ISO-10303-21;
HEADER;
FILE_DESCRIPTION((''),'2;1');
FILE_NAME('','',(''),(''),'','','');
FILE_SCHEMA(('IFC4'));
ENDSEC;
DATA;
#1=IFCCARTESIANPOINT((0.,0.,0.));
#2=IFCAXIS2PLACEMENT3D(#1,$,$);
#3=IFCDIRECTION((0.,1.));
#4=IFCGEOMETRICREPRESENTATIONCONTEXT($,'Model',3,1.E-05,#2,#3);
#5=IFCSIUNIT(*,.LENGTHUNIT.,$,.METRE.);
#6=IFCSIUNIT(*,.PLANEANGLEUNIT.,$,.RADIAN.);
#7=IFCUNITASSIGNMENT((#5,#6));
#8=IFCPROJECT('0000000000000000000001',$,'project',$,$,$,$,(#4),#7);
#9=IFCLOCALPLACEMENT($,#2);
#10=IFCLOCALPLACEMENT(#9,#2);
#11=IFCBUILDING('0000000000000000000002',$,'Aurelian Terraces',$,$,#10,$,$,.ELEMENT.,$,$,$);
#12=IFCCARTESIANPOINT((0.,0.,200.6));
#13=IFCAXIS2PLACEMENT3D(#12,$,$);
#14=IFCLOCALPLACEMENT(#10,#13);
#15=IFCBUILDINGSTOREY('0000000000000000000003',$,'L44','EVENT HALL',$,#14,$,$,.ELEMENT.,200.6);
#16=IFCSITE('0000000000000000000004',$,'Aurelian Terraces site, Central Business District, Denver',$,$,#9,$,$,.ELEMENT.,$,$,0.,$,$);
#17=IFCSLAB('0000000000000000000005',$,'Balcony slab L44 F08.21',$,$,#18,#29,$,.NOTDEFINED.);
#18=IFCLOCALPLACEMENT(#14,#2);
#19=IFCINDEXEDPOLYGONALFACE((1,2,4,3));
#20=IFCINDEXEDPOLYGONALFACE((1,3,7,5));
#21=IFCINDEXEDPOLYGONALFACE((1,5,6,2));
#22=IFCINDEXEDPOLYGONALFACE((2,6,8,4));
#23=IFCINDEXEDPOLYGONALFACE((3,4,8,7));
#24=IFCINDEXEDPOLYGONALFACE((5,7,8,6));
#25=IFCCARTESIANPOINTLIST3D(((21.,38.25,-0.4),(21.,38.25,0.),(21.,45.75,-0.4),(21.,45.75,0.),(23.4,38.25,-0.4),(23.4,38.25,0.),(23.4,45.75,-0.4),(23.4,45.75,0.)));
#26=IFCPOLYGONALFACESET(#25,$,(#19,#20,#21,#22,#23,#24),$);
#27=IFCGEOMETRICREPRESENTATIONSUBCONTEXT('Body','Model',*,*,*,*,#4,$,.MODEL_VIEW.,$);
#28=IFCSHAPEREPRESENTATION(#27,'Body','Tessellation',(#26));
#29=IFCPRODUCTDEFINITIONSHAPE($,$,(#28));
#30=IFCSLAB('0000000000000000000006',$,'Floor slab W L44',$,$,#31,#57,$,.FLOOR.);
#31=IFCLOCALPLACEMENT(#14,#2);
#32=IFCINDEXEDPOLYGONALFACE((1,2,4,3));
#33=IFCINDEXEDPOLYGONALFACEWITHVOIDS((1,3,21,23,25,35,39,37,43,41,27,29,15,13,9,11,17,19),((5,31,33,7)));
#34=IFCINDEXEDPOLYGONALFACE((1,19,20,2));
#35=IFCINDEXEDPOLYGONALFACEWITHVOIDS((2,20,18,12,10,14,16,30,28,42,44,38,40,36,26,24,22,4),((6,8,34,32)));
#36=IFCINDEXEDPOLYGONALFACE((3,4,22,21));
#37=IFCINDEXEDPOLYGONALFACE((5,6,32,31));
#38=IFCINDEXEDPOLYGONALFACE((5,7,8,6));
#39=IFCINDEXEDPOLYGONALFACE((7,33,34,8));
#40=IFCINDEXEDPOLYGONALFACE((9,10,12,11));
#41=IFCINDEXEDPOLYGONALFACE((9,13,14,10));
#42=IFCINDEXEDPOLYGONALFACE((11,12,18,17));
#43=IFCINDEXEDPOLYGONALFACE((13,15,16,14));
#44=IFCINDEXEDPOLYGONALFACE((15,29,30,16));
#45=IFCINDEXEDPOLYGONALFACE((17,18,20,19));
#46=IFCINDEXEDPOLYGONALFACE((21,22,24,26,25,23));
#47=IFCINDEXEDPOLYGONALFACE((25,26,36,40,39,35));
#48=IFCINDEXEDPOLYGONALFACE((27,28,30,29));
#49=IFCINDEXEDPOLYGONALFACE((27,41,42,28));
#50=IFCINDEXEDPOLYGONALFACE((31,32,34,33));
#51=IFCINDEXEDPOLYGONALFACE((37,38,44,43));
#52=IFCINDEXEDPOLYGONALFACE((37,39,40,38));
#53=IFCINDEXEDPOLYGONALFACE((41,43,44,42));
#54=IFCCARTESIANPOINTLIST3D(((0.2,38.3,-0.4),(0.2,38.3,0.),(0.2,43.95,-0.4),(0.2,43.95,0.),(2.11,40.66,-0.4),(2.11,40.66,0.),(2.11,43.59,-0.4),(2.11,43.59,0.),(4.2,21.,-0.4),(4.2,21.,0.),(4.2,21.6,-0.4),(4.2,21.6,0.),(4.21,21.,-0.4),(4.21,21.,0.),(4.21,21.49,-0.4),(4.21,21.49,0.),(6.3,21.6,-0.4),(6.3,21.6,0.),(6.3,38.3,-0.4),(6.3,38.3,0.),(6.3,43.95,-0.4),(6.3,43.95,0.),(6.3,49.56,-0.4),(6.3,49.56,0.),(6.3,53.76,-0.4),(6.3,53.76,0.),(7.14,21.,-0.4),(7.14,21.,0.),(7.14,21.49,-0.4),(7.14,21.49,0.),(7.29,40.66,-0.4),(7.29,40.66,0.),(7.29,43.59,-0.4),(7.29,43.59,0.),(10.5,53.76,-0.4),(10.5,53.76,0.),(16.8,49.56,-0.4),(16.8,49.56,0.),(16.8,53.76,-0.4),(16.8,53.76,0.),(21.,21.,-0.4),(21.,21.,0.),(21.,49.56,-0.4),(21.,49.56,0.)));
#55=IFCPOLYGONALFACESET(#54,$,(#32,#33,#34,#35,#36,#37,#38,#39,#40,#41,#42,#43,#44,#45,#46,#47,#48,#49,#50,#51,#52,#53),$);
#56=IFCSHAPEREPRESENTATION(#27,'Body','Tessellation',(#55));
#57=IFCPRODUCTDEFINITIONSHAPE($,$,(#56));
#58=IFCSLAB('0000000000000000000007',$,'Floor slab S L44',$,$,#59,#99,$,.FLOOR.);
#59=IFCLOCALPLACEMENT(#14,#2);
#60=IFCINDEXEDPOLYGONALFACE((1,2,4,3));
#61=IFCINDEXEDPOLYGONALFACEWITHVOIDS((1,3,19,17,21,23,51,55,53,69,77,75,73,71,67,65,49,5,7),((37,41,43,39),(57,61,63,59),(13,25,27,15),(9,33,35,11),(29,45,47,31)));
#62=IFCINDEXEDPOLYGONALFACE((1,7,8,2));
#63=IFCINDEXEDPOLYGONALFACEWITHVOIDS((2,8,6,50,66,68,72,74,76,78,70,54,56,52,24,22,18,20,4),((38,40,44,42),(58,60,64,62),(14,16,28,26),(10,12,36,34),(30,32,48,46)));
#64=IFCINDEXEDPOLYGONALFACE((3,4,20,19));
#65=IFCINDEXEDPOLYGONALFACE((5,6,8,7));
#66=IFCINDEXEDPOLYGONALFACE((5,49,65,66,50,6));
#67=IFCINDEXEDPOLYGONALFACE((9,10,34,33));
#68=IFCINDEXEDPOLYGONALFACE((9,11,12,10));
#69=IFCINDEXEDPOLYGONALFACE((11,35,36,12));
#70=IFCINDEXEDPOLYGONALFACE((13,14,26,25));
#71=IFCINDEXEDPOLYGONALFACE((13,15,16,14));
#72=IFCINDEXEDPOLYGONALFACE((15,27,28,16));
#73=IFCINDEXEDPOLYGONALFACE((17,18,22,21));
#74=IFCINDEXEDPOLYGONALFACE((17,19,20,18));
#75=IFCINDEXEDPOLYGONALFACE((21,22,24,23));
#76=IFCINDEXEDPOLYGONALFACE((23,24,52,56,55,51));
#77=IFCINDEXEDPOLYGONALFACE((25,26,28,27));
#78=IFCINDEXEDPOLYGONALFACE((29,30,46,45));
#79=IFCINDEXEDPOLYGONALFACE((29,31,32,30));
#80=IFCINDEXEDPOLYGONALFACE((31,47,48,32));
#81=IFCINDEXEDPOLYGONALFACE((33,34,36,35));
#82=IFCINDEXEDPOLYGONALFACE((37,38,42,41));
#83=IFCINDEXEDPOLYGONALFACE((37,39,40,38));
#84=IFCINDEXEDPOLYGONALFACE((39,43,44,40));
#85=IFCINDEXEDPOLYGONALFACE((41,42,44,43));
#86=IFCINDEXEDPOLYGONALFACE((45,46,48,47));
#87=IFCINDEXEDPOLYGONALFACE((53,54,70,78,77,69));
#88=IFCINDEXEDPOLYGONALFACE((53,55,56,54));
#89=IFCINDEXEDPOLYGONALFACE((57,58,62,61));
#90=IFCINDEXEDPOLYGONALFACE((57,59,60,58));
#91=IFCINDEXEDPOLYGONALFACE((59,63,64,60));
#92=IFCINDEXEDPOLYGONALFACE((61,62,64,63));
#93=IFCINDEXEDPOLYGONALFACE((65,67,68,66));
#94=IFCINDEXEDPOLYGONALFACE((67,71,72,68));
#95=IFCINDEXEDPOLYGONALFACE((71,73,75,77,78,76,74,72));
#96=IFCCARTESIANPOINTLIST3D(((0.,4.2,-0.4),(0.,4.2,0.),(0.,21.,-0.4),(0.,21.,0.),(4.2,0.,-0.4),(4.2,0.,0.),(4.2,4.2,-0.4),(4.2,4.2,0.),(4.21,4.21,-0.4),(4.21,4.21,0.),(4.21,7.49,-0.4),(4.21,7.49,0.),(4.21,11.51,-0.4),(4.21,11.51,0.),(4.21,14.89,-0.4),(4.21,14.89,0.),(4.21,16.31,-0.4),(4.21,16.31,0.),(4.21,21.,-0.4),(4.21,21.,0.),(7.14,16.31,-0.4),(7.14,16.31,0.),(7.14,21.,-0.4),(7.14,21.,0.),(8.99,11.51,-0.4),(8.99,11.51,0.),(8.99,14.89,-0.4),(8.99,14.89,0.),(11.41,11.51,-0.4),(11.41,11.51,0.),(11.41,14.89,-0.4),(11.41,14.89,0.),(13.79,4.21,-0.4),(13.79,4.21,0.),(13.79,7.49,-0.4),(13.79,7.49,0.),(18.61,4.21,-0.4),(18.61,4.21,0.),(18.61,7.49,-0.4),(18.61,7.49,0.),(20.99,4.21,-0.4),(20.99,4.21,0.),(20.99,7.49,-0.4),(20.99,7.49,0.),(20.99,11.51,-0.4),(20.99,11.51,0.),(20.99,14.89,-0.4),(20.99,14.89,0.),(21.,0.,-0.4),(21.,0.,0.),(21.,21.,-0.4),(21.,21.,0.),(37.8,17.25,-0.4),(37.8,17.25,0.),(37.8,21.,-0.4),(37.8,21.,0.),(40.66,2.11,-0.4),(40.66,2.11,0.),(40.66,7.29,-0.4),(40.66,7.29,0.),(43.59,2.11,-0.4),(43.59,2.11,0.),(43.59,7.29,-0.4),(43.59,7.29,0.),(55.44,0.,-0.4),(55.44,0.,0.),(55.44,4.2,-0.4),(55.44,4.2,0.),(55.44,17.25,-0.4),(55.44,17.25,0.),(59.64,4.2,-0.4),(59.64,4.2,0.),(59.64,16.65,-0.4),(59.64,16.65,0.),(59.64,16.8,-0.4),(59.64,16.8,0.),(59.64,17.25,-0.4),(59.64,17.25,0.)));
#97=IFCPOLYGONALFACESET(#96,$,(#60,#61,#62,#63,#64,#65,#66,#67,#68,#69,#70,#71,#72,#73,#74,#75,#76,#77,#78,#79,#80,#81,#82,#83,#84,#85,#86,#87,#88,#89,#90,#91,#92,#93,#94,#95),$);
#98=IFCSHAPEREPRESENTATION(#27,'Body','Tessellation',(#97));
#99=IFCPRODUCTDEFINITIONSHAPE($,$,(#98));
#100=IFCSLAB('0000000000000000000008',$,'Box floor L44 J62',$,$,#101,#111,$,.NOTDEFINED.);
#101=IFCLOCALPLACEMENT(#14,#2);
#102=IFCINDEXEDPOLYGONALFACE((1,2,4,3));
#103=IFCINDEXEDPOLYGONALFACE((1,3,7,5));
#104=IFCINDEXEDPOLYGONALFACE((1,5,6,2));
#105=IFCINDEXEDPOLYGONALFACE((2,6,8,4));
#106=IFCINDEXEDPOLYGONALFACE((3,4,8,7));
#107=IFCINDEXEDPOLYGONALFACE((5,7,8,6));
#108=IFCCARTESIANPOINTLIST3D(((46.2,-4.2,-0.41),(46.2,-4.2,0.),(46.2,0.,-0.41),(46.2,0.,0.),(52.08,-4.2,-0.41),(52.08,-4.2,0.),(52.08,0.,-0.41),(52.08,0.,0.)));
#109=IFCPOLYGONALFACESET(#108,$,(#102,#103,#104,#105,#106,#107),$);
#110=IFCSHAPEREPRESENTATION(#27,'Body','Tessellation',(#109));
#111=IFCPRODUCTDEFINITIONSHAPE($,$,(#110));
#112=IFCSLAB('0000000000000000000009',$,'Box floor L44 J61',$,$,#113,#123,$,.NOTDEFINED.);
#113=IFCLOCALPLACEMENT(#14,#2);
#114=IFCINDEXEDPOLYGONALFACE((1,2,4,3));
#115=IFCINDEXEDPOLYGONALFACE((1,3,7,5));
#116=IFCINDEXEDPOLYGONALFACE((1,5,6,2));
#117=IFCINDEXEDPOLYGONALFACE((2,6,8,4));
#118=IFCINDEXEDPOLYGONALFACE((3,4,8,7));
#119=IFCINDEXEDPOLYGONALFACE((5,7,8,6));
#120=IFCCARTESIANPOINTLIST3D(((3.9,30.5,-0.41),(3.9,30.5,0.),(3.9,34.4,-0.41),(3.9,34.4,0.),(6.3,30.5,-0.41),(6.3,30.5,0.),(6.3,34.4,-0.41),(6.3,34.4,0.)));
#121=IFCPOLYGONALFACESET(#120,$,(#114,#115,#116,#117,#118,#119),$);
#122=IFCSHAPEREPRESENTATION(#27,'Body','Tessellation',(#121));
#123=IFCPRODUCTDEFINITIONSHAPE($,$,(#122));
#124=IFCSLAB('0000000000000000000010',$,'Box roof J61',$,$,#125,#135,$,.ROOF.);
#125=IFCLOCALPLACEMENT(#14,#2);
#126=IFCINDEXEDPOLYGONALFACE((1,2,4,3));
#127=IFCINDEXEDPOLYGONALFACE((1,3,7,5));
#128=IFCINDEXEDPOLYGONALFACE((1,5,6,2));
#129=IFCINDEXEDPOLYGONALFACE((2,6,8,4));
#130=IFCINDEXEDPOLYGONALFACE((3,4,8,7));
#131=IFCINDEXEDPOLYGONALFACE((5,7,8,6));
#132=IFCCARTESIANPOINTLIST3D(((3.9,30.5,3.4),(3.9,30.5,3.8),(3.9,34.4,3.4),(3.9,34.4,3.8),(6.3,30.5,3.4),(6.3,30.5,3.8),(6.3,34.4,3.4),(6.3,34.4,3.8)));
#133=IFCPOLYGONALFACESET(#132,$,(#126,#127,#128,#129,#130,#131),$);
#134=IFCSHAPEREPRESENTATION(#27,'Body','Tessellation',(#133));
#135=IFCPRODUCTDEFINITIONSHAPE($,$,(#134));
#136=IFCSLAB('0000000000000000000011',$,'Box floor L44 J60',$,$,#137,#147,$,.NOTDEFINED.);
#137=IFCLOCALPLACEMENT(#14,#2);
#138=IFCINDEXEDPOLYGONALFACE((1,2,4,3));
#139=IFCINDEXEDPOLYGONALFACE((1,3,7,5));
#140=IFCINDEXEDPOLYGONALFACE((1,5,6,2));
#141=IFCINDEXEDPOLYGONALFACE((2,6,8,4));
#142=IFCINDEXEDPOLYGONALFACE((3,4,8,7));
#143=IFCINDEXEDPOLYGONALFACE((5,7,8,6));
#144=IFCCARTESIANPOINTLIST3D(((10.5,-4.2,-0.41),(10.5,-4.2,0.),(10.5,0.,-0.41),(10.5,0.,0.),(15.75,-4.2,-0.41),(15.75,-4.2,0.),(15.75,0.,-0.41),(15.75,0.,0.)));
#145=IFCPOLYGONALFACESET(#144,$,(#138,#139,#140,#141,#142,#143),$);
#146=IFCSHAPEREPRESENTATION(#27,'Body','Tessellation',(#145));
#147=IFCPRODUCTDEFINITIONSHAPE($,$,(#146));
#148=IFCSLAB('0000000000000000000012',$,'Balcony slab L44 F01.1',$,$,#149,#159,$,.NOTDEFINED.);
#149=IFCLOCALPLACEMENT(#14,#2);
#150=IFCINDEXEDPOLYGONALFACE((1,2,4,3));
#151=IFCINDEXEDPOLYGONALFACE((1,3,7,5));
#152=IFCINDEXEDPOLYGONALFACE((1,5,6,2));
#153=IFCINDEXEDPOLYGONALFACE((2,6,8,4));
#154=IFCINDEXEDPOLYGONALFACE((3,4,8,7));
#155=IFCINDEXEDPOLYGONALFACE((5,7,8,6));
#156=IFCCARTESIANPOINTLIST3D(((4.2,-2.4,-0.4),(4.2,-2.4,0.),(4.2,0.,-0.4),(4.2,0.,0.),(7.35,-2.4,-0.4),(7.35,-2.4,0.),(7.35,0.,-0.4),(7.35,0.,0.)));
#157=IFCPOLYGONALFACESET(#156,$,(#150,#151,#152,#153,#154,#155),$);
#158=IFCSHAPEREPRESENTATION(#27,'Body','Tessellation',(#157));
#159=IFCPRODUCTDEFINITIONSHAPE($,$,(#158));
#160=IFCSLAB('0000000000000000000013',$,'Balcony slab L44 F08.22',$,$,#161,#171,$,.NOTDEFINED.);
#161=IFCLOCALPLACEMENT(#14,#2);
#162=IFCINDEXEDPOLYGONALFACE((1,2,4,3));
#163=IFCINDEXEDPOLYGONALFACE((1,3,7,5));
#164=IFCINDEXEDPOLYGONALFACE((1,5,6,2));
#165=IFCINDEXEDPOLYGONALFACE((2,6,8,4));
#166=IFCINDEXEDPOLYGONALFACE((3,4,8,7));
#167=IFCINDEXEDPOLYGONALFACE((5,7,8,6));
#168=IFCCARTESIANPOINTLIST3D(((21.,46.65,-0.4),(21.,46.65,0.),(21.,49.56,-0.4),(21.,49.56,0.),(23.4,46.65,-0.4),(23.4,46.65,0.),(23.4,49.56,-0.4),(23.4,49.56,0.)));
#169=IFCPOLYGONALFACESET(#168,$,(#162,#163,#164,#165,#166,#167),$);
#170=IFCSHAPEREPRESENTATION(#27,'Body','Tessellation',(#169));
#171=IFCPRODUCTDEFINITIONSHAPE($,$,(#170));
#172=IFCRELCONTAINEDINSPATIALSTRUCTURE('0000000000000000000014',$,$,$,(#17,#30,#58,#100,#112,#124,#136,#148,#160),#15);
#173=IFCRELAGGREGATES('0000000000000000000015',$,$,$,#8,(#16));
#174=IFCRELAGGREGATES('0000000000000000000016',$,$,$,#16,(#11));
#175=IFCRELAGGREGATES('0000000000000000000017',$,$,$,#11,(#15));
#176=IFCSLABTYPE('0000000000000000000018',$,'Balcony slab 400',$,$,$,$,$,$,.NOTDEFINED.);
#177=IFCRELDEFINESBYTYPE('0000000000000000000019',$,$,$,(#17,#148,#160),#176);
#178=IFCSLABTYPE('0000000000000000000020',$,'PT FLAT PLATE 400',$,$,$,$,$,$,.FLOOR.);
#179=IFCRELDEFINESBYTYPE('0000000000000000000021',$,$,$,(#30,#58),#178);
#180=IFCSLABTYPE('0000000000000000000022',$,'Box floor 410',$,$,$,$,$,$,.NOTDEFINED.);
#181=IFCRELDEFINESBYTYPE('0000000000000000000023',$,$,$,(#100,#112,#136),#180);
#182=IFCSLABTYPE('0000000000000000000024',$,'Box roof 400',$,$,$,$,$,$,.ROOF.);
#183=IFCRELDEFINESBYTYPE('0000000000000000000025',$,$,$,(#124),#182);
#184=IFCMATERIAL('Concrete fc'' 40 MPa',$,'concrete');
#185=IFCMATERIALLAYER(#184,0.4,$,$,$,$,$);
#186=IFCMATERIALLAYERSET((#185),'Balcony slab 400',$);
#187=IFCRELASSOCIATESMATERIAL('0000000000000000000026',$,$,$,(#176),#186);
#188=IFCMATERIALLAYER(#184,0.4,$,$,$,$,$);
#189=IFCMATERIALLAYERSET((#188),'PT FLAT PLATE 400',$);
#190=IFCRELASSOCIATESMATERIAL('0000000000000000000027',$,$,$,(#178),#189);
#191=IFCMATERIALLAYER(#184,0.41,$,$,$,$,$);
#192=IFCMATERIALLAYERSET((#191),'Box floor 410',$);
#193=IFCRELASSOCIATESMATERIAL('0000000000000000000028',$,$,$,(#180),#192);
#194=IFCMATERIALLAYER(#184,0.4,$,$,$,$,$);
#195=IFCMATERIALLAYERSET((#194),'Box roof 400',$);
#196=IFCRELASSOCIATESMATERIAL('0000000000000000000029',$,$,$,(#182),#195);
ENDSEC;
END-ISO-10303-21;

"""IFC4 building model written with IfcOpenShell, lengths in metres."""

from ifc_helpers import new_model, si_unit, direction, frame, origin, place, context, subcontext, project, spatial, polyline, outline, extrude, source, transform, mapped, material, layer, layer_set, type_object, element, save


model = new_model("IFC4")

# Units and contexts
model_context = context("Model", 3, precision=1e-05, world=origin(), true_north=direction((0.0, 1.0)))
body_context = subcontext(model_context, "Body", "Model", "MODEL_VIEW")
ifc_project = project(units=[si_unit("LENGTHUNIT", "METRE"), si_unit("PLANEANGLEUNIT", "RADIAN")], contexts=[model_context])

# Site, building, storey
site_placement = place(None, origin())
site = spatial("IfcSite", under=ifc_project, at=site_placement, Name="Aurelian Terraces site, Central Business District, Denver", CompositionType="ELEMENT", RefElevation=0.0)
building_placement = place(site_placement, origin())
building = spatial("IfcBuilding", under=site, at=building_placement, Name="Aurelian Terraces", CompositionType="ELEMENT")
storey_placement = place(building_placement, frame((0.0, 0.0, 200.6)))
storey = spatial("IfcBuildingStorey", under=building, at=storey_placement, Name="L44", Description="EVENT HALL", CompositionType="ELEMENT", Elevation=200.6)

# Slabs
ifc_material_1 = material(Name="Concrete fc' 40 MPa", Category="concrete")
ifc_layer_1 = layer(ifc_material_1, 0.4)
ifc_layer_set_1 = layer_set([ifc_layer_1], Name="Balcony slab 400")
slab_type_1 = type_object("IfcSlabType", Name="Balcony slab 400", PredefinedType="NOTDEFINED", material=ifc_layer_set_1)
slab_1_placement = place(storey_placement, frame((0.0, 0.0, -0.4)))
element("IfcSlab", 1, at=slab_1_placement, inside=storey, type_object=slab_type_1, Name="Balcony slab L44 F08.21", PredefinedType="NOTDEFINED", context=body_context, shape_type="SweptSolid", body=[
    extrude(outline(polyline([(21.0, 38.25), (21.0, 45.75), (23.4, 45.75), (23.4, 38.25), (21.0, 38.25)])), origin(), (0.0, 0.0, 1.0), 0.4),
])
ifc_layer_2 = layer(ifc_material_1, 0.4)
ifc_layer_set_2 = layer_set([ifc_layer_2], Name="PT FLAT PLATE 400")
slab_type_2 = type_object("IfcSlabType", Name="PT FLAT PLATE 400", PredefinedType="FLOOR", material=ifc_layer_set_2)
shared_shape_1 = source(origin(), body_context, "Body", "SweptSolid", [
    extrude(outline(polyline([(0.2, 43.95), (6.3, 43.95), (6.3, 49.56), (6.3, 53.76), (10.5, 53.76), (16.8, 53.76), (16.8, 49.56), (21.0, 49.56), (21.0, 21.0), (7.14, 21.0), (7.14, 21.49), (4.21, 21.49), (4.21, 21.0), (4.2, 21.0), (4.2, 21.6), (6.3, 21.6), (6.3, 38.3), (0.2, 38.3), (0.2, 43.95)]), holes=[polyline([(7.29, 43.59), (2.11, 43.59), (2.11, 40.66), (7.29, 40.66), (7.29, 43.59)])]), origin(), (0.0, 0.0, 1.0), 0.4),
])
slab_2_placement = place(storey_placement, frame((0.0, 0.0, -0.4)))
element("IfcSlab", 2, at=slab_2_placement, inside=storey, type_object=slab_type_2, Name="Floor slab W L44", PredefinedType="FLOOR", context=body_context, shape_type="MappedRepresentation", body=[
    mapped(shared_shape_1, transform((0.0, 0.0, 0.0), scale=1.0)),
])
shared_shape_2 = source(origin(), body_context, "Body", "SweptSolid", [
    extrude(outline(polyline([(59.64, 4.2), (55.44, 4.2), (55.44, 0.0), (21.0, 0.0), (4.2, 0.0), (4.2, 4.2), (0.0, 4.2), (0.0, 21.0), (4.21, 21.0), (4.21, 16.31), (7.14, 16.31), (7.14, 21.0), (21.0, 21.0), (37.8, 21.0), (37.8, 17.25), (55.44, 17.25), (59.64, 17.25), (59.64, 16.8), (59.64, 16.65), (59.64, 4.2)]), holes=[polyline([(40.66, 2.11), (43.59, 2.11), (43.59, 7.29), (40.66, 7.29), (40.66, 2.11)]), polyline([(18.61, 7.49), (18.61, 4.21), (20.99, 4.21), (20.99, 7.49), (18.61, 7.49)]), polyline([(20.99, 14.89), (11.41, 14.89), (11.41, 11.51), (20.99, 11.51), (20.99, 14.89)]), polyline([(4.21, 7.49), (4.21, 4.21), (13.79, 4.21), (13.79, 7.49), (4.21, 7.49)]), polyline([(4.21, 14.89), (4.21, 11.51), (8.99, 11.51), (8.99, 14.89), (4.21, 14.89)])]), origin(), (0.0, 0.0, 1.0), 0.4),
])
slab_3_placement = place(storey_placement, frame((0.0, 0.0, -0.4)))
element("IfcSlab", 3, at=slab_3_placement, inside=storey, type_object=slab_type_2, Name="Floor slab S L44", PredefinedType="FLOOR", context=body_context, shape_type="MappedRepresentation", body=[
    mapped(shared_shape_2, transform((0.0, 0.0, 0.0), scale=1.0)),
])
ifc_layer_3 = layer(ifc_material_1, 0.41)
ifc_layer_set_3 = layer_set([ifc_layer_3], Name="Box floor 410")
slab_type_3 = type_object("IfcSlabType", Name="Box floor 410", PredefinedType="NOTDEFINED", material=ifc_layer_set_3)
shared_shape_3 = source(origin(), body_context, "Body", "SweptSolid", [
    extrude(outline(polyline([(46.2, -4.2), (52.08, -4.2), (52.08, 0.0), (46.2, 0.0), (46.2, -4.2)])), origin(), (0.0, 0.0, 1.0), 0.41),
])
slab_4_placement = place(storey_placement, frame((0.0, 0.0, -0.41)))
element("IfcSlab", 4, at=slab_4_placement, inside=storey, type_object=slab_type_3, Name="Box floor L44 J62", PredefinedType="NOTDEFINED", context=body_context, shape_type="MappedRepresentation", body=[
    mapped(shared_shape_3, transform((0.0, 0.0, 0.0), scale=1.0)),
])
shared_shape_4 = source(origin(), body_context, "Body", "SweptSolid", [
    extrude(outline(polyline([(3.9, 34.4), (3.9, 30.5), (6.3, 30.5), (6.3, 34.4), (3.9, 34.4)])), origin(), (0.0, 0.0, 1.0), 0.41),
])
slab_5_placement = place(storey_placement, frame((0.0, 0.0, -0.41)))
element("IfcSlab", 5, at=slab_5_placement, inside=storey, type_object=slab_type_3, Name="Box floor L44 J61", PredefinedType="NOTDEFINED", context=body_context, shape_type="MappedRepresentation", body=[
    mapped(shared_shape_4, transform((0.0, 0.0, 0.0), scale=1.0)),
])
ifc_layer_4 = layer(ifc_material_1, 0.4)
ifc_layer_set_4 = layer_set([ifc_layer_4], Name="Box roof 400")
slab_type_4 = type_object("IfcSlabType", Name="Box roof 400", PredefinedType="ROOF", material=ifc_layer_set_4)
shared_shape_5 = source(origin(), body_context, "Body", "SweptSolid", [
    extrude(outline(polyline([(3.9, 34.4), (3.9, 30.5), (6.3, 30.5), (6.3, 34.4), (3.9, 34.4)])), origin(), (0.0, 0.0, 1.0), 0.4),
])
slab_6_placement = place(storey_placement, frame((0.0, 0.0, 3.4)))
element("IfcSlab", 6, at=slab_6_placement, inside=storey, type_object=slab_type_4, Name="Box roof J61", PredefinedType="ROOF", context=body_context, shape_type="MappedRepresentation", body=[
    mapped(shared_shape_5, transform((0.0, 0.0, 0.0), scale=1.0)),
])
shared_shape_6 = source(origin(), body_context, "Body", "SweptSolid", [
    extrude(outline(polyline([(10.5, -4.2), (15.75, -4.2), (15.75, 0.0), (10.5, 0.0), (10.5, -4.2)])), origin(), (0.0, 0.0, 1.0), 0.41),
])
slab_7_placement = place(storey_placement, frame((0.0, 0.0, -0.41)))
element("IfcSlab", 7, at=slab_7_placement, inside=storey, type_object=slab_type_3, Name="Box floor L44 J60", PredefinedType="NOTDEFINED", context=body_context, shape_type="MappedRepresentation", body=[
    mapped(shared_shape_6, transform((0.0, 0.0, 0.0), scale=1.0)),
])
shared_shape_7 = source(origin(), body_context, "Body", "SweptSolid", [
    extrude(outline(polyline([(4.2, 0.0), (7.35, 0.0), (7.35, -2.4), (4.2, -2.4), (4.2, 0.0)])), origin(), (0.0, 0.0, 1.0), 0.4),
])
slab_8_placement = place(storey_placement, frame((0.0, 0.0, -0.4)))
element("IfcSlab", 8, at=slab_8_placement, inside=storey, type_object=slab_type_1, Name="Balcony slab L44 F01.1", PredefinedType="NOTDEFINED", context=body_context, shape_type="MappedRepresentation", body=[
    mapped(shared_shape_7, transform((0.0, 0.0, 0.0), scale=1.0)),
])
shared_shape_8 = source(origin(), body_context, "Body", "SweptSolid", [
    extrude(outline(polyline([(21.0, 46.65), (21.0, 49.56), (23.4, 49.56), (23.4, 46.65), (21.0, 46.65)])), origin(), (0.0, 0.0, 1.0), 0.4),
])
slab_9_placement = place(storey_placement, frame((0.0, 0.0, -0.4)))
element("IfcSlab", 9, at=slab_9_placement, inside=storey, type_object=slab_type_1, Name="Balcony slab L44 F08.22", PredefinedType="NOTDEFINED", context=body_context, shape_type="MappedRepresentation", body=[
    mapped(shared_shape_8, transform((0.0, 0.0, 0.0), scale=1.0)),
])

save(model, "model.ifc")
